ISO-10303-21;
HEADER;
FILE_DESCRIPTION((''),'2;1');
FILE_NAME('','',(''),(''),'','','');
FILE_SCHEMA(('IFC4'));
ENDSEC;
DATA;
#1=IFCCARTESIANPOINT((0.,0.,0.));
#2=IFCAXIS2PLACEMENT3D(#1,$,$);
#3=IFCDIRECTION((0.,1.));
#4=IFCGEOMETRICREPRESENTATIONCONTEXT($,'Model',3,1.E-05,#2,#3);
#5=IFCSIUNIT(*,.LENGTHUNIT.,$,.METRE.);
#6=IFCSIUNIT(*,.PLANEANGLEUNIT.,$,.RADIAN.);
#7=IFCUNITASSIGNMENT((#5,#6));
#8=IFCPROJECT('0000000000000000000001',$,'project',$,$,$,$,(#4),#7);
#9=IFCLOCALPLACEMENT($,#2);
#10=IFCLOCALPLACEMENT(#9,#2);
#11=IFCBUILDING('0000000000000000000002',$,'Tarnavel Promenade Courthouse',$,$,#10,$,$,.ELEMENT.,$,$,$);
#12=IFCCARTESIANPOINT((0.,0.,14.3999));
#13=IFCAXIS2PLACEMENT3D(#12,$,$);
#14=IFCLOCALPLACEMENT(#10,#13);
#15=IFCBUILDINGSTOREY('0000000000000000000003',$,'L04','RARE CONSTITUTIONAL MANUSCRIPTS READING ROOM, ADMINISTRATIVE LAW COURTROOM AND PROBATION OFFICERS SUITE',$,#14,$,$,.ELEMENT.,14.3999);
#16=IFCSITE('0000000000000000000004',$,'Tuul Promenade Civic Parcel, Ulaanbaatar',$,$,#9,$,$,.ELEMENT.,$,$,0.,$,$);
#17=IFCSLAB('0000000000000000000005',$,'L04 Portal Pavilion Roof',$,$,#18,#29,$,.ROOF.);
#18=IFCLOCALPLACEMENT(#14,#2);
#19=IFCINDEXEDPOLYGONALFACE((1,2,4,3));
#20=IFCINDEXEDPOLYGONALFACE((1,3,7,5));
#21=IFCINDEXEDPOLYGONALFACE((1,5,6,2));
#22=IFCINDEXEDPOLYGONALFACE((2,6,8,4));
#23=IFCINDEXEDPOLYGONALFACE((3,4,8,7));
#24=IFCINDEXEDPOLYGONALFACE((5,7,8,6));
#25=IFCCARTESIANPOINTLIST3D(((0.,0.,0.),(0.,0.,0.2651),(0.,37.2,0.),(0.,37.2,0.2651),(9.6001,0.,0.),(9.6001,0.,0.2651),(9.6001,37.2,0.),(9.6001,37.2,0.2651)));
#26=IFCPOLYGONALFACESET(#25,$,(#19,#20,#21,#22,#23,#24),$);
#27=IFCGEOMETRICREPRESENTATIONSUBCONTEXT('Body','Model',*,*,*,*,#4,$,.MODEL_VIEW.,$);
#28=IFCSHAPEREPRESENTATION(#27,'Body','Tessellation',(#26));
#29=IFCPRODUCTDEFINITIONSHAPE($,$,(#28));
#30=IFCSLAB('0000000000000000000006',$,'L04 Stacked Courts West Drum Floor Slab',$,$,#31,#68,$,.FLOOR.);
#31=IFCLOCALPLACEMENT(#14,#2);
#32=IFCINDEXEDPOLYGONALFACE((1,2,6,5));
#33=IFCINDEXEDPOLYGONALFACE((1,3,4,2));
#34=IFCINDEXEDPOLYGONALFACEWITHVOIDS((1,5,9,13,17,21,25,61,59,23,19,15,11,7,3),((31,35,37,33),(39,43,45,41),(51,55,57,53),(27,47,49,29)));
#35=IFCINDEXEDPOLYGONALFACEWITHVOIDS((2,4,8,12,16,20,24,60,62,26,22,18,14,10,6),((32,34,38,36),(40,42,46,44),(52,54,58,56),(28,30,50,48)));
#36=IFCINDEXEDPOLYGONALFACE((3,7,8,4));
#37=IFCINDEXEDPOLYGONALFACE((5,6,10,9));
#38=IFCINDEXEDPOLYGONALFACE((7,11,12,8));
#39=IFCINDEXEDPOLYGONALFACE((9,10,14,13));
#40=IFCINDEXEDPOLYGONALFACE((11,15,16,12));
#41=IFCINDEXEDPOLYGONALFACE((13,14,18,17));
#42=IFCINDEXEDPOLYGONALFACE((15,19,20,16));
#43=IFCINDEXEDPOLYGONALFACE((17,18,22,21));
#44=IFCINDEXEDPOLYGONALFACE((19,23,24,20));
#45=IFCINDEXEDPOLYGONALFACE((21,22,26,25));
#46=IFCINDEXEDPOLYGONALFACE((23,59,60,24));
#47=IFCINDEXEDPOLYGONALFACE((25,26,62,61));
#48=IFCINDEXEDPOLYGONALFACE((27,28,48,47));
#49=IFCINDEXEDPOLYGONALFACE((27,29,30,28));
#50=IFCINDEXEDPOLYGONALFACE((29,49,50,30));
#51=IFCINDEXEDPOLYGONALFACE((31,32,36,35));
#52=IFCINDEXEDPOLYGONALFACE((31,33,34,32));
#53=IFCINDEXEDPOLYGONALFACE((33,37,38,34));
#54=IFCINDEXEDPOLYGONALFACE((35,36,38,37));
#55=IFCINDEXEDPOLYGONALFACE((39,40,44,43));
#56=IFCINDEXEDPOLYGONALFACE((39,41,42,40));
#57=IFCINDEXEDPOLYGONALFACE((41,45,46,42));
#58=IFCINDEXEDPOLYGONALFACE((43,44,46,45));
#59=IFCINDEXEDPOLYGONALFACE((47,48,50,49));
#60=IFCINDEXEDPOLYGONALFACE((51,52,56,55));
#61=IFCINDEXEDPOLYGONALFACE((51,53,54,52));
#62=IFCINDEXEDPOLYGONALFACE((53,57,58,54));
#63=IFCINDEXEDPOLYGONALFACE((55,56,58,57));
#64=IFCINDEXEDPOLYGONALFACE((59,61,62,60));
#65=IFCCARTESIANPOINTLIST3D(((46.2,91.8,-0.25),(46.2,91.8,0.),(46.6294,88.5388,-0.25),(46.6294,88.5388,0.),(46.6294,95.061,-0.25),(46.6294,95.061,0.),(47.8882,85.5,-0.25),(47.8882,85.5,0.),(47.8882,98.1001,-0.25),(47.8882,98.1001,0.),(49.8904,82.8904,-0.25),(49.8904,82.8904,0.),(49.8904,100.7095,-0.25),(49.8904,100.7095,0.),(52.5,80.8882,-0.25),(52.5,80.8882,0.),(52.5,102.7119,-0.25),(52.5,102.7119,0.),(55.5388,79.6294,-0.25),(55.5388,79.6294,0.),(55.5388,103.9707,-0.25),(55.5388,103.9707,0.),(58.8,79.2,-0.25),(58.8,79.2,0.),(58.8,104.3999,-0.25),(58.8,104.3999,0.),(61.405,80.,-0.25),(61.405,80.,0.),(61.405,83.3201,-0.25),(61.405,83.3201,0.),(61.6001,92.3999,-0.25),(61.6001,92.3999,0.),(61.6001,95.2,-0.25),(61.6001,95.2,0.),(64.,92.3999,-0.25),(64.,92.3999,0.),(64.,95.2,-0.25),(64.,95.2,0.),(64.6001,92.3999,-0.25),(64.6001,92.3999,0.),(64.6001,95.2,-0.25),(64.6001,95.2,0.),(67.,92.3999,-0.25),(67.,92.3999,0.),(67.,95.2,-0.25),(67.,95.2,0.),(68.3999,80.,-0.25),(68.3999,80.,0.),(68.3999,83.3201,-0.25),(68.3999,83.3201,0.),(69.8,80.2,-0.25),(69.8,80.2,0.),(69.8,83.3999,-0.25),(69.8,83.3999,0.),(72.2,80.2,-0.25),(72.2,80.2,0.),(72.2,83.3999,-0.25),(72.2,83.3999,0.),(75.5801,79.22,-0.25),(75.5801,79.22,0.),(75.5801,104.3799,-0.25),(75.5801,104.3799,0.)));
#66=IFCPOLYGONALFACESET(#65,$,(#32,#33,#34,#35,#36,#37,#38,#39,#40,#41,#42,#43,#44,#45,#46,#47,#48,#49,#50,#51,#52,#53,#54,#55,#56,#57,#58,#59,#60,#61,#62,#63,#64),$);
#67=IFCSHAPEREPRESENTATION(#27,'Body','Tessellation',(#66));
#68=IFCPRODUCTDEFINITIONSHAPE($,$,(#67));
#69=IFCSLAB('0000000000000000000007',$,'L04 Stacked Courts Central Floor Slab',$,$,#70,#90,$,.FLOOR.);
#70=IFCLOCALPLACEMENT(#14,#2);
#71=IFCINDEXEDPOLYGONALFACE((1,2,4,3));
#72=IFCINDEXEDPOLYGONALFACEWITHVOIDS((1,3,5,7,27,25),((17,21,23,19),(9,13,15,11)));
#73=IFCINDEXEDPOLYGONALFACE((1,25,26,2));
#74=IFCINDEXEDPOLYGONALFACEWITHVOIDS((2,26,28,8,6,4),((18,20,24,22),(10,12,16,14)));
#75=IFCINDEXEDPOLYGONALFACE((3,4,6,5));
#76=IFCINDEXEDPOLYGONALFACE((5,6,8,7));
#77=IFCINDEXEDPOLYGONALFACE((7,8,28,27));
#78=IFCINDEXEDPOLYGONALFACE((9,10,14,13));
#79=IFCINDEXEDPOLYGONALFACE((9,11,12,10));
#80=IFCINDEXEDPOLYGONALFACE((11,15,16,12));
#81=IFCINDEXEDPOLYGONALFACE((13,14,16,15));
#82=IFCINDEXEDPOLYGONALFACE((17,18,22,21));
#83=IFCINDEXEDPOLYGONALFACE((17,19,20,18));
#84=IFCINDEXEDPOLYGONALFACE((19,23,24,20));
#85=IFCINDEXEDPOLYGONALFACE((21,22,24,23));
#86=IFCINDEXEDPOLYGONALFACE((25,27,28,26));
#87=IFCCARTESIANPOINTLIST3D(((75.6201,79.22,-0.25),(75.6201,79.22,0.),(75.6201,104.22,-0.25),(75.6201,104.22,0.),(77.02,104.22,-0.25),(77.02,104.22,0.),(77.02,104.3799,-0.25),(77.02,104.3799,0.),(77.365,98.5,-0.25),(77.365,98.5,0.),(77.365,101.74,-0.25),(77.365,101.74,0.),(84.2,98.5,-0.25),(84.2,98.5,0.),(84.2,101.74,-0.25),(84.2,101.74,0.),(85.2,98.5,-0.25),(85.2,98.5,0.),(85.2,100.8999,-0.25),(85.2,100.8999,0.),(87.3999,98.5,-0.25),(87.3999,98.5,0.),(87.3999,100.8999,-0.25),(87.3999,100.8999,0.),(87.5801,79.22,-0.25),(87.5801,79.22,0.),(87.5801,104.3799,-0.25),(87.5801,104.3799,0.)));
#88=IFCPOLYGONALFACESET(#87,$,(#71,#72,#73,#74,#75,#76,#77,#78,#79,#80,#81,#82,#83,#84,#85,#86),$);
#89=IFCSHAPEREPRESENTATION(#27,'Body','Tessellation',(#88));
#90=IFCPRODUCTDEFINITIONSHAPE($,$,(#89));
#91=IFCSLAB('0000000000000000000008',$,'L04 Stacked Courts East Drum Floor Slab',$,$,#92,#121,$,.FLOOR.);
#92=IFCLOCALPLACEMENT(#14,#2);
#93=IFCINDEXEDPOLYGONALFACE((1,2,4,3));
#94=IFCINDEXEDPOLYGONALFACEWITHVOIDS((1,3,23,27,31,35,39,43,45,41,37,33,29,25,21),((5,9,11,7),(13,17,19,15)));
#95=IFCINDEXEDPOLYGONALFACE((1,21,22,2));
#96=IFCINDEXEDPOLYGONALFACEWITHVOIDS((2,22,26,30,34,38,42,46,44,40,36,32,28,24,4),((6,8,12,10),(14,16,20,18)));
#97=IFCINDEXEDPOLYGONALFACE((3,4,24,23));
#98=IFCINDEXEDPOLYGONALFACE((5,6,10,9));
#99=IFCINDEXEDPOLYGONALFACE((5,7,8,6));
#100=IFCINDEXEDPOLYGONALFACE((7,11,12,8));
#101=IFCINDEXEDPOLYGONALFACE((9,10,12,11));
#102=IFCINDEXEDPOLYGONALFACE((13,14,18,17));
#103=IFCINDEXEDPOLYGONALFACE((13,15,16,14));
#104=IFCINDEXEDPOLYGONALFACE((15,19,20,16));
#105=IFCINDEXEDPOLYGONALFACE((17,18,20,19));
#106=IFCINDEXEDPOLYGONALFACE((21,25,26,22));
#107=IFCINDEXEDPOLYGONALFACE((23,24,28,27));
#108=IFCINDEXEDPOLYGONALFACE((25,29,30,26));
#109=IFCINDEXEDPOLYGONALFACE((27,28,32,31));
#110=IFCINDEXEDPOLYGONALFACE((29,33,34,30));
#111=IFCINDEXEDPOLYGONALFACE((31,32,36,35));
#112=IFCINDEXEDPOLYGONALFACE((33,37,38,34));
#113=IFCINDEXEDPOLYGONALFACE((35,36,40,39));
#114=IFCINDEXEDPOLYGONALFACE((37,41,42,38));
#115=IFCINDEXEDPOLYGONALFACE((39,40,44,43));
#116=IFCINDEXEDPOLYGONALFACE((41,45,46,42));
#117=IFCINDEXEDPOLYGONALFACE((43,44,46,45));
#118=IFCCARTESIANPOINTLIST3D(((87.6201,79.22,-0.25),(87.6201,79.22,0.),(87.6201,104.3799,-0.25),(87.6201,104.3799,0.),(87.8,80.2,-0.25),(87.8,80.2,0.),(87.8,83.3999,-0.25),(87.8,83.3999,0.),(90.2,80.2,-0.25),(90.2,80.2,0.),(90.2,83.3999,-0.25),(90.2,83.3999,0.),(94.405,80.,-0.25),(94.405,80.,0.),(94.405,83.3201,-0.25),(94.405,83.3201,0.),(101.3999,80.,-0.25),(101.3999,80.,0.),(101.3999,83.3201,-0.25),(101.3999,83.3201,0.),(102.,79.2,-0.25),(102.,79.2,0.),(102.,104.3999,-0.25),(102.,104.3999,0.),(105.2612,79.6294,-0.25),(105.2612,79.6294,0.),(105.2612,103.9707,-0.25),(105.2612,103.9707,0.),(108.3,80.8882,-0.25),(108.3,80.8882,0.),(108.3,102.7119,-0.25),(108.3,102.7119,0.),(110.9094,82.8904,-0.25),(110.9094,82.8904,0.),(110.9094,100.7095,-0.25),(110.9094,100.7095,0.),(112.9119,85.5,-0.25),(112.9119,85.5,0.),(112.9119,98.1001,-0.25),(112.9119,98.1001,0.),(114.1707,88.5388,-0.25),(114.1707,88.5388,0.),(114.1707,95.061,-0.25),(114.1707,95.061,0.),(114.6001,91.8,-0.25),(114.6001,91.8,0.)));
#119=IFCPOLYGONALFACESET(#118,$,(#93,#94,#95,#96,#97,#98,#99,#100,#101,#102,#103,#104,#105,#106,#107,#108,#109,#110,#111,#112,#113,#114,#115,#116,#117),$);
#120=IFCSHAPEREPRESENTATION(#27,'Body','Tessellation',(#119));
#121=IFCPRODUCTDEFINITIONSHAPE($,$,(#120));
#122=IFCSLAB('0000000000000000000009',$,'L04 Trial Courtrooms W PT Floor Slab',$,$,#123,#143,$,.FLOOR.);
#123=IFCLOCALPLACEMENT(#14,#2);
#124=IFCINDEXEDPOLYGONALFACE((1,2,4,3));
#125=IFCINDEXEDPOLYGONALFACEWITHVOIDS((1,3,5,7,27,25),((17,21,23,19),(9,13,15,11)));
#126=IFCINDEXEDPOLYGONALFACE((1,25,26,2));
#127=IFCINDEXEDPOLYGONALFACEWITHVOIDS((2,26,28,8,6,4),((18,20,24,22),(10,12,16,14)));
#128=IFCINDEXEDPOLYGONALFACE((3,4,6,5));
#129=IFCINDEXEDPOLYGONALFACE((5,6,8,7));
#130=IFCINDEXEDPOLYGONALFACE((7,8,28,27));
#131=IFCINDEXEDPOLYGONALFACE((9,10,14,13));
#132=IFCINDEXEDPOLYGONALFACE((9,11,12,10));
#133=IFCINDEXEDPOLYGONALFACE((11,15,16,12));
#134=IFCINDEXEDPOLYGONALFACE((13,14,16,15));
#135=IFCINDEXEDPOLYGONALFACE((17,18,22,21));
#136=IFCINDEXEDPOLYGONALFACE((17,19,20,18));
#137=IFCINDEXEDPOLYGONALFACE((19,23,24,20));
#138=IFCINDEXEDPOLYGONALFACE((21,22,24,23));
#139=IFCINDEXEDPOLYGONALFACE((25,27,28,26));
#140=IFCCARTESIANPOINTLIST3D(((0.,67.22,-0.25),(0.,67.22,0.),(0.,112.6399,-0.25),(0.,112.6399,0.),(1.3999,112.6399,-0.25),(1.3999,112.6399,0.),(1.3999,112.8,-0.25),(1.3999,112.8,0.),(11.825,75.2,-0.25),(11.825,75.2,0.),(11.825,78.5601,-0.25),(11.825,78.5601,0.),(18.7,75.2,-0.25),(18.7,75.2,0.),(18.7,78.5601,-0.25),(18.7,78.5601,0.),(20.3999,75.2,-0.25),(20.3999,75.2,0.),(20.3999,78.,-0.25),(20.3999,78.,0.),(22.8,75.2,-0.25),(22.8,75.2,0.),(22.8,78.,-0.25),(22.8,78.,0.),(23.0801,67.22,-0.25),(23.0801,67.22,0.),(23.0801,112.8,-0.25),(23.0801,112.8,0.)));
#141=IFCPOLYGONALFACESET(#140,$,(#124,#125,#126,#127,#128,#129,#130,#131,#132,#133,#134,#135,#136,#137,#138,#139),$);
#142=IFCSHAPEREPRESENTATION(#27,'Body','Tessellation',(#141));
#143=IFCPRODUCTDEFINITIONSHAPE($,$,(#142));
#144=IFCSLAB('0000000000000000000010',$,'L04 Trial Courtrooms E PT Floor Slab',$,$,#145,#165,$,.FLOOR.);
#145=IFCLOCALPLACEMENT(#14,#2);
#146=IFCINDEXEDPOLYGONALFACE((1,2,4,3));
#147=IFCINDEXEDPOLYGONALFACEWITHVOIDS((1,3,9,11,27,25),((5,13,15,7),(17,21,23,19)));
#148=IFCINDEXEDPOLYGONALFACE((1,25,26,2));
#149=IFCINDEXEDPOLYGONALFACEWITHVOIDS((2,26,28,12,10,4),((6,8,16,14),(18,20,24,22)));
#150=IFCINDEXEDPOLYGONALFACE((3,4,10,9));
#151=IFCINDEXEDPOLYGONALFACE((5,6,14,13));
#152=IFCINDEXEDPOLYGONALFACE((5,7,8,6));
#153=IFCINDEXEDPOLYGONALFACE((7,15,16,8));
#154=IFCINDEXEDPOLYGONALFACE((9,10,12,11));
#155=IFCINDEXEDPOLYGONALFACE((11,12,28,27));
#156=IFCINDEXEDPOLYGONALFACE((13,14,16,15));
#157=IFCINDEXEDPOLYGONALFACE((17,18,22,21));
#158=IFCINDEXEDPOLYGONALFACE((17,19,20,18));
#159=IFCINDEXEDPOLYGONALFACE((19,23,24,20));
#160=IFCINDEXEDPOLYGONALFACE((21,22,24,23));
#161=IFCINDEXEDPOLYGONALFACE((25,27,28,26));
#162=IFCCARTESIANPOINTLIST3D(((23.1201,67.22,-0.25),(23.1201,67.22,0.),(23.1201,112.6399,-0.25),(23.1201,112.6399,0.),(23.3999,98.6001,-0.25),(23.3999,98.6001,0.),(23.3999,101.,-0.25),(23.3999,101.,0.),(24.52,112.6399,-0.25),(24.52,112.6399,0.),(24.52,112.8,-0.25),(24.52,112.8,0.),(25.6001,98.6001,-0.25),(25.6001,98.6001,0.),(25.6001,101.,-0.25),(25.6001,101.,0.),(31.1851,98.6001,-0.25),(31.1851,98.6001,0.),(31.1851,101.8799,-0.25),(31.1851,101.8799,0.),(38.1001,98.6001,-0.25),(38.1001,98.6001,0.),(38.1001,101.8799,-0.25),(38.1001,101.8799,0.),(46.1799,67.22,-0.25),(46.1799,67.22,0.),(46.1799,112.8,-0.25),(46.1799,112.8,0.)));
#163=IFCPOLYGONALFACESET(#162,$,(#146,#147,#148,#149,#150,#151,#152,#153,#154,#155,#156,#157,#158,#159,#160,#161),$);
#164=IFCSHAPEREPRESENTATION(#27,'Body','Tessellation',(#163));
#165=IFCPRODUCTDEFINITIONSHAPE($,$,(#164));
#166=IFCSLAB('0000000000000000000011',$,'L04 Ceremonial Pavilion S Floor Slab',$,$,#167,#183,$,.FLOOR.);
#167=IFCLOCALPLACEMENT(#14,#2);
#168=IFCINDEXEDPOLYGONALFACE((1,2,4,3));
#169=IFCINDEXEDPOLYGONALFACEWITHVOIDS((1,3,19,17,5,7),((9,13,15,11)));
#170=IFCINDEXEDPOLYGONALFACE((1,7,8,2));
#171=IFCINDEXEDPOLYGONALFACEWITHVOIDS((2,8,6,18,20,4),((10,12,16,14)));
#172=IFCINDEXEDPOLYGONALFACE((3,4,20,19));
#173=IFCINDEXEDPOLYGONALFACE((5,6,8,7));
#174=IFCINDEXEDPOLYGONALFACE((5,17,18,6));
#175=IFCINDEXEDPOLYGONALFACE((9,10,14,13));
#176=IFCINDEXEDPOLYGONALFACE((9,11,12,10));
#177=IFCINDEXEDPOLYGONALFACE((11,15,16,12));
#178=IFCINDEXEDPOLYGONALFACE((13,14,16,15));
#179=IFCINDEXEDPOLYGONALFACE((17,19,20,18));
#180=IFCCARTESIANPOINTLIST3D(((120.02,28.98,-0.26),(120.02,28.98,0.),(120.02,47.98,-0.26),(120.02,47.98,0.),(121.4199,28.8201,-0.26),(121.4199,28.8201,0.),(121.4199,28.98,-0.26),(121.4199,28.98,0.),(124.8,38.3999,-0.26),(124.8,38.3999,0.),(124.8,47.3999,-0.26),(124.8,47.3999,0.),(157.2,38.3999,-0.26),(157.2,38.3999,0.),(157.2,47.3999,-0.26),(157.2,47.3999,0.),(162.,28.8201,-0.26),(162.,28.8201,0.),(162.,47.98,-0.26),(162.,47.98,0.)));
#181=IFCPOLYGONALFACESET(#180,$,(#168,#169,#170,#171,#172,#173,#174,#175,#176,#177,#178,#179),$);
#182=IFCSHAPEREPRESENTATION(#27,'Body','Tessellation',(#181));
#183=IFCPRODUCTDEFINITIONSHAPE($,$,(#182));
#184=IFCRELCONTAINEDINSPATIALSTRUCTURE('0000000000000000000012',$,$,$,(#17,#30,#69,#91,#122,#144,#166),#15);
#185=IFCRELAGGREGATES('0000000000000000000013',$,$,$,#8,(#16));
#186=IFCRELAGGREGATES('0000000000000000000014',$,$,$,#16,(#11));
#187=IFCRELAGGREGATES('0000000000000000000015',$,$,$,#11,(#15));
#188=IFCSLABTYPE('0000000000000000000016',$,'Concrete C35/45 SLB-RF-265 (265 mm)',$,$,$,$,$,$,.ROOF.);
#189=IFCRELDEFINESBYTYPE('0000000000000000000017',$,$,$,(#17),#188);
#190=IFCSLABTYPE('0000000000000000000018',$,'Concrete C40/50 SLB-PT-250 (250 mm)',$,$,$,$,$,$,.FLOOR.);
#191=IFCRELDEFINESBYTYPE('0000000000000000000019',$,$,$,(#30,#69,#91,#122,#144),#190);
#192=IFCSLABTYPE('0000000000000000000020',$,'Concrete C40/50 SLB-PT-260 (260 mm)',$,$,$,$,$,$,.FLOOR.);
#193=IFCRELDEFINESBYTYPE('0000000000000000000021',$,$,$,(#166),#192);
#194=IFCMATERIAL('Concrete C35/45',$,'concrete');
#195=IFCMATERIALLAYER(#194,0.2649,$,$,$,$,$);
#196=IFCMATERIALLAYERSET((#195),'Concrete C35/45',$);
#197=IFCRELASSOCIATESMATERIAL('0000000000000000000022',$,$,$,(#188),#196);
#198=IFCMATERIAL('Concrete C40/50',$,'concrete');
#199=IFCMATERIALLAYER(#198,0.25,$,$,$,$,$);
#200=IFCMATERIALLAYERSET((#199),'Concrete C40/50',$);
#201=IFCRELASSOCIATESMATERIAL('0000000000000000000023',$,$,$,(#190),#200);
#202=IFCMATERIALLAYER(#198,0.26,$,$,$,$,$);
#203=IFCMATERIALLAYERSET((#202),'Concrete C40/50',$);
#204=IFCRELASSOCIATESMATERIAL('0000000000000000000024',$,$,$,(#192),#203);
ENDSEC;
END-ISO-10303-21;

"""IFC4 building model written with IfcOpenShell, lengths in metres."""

from ifc_helpers import new_model, si_unit, direction, frame, origin, place, context, subcontext, project, spatial, polyline, outline, extrude, material, layer, layer_set, type_object, element, save


model = new_model("IFC4")

# Units and contexts
model_context = context("Model", 3, precision=1e-05, world=origin(), true_north=direction((0.0, 1.0)))
body_context = subcontext(model_context, "Body", "Model", "MODEL_VIEW")
ifc_project = project(units=[si_unit("LENGTHUNIT", "METRE"), si_unit("PLANEANGLEUNIT", "RADIAN")], contexts=[model_context])

# Site, building, storey
site_placement = place(None, origin())
site = spatial("IfcSite", under=ifc_project, at=site_placement, Name="Tuul Promenade Civic Parcel, Ulaanbaatar", CompositionType="ELEMENT", RefElevation=0.0)
building_placement = place(site_placement, origin())
building = spatial("IfcBuilding", under=site, at=building_placement, Name="Tarnavel Promenade Courthouse", CompositionType="ELEMENT")
storey_placement = place(building_placement, frame((0.0, 0.0, 14.3999)))
storey = spatial("IfcBuildingStorey", under=building, at=storey_placement, Name="L04", Description="RARE CONSTITUTIONAL MANUSCRIPTS READING ROOM, ADMINISTRATIVE LAW COURTROOM AND PROBATION OFFICERS SUITE", CompositionType="ELEMENT", Elevation=14.3999)

# Shared definitions
ifc_material_1 = material(Name="Concrete C35/45", Category="concrete")

# Shared definitions
ifc_layer_1 = layer(ifc_material_1, 0.2649)
ifc_layer_set_1 = layer_set([ifc_layer_1], Name="Concrete C35/45")
slab_type_1 = type_object("IfcSlabType", Name="Concrete C35/45 SLB-RF-265 (265 mm)", PredefinedType="ROOF", material=ifc_layer_set_1)

# Slabs
slab_1_placement = place(storey_placement, origin())
element("IfcSlab", 1, at=slab_1_placement, inside=storey, type_object=slab_type_1, Name="L04 Portal Pavilion Roof", PredefinedType="ROOF", context=body_context, shape_type="SweptSolid", body=[
    extrude(outline(polyline([(0.0, 0.0), (9.6001, 0.0), (9.6001, 37.2), (0.0, 37.2), (0.0, 0.0)])), origin(), (0.0, 0.0, 1.0), 0.2651),
])
ifc_material_2 = material(Name="Concrete C40/50", Category="concrete")
ifc_layer_2 = layer(ifc_material_2, 0.25)
ifc_layer_set_2 = layer_set([ifc_layer_2], Name="Concrete C40/50")
slab_type_2 = type_object("IfcSlabType", Name="Concrete C40/50 SLB-PT-250 (250 mm)", PredefinedType="FLOOR", material=ifc_layer_set_2)
slab_2_placement = place(storey_placement, frame((0.0, 0.0, -0.25)))
element("IfcSlab", 2, at=slab_2_placement, inside=storey, type_object=slab_type_2, Name="L04 Stacked Courts West Drum Floor Slab", PredefinedType="FLOOR", context=body_context, shape_type="SweptSolid", body=[
    extrude(outline(polyline([(75.5801, 79.22), (75.5801, 104.3799), (58.8, 104.3999), (55.5388, 103.9707), (52.5, 102.7119), (49.8904, 100.7095), (47.8882, 98.1001), (46.6294, 95.061), (46.2, 91.8), (46.6294, 88.5388), (47.8882, 85.5), (49.8904, 82.8904), (52.5, 80.8882), (55.5388, 79.6294), (58.8, 79.2), (75.5801, 79.22)]), holes=[polyline([(61.405, 80.0), (68.3999, 80.0), (68.3999, 83.3201), (61.405, 83.3201), (61.405, 80.0)]), polyline([(69.8, 80.2), (72.2, 80.2), (72.2, 83.3999), (69.8, 83.3999), (69.8, 80.2)]), polyline([(61.6001, 92.3999), (64.0, 92.3999), (64.0, 95.2), (61.6001, 95.2), (61.6001, 92.3999)]), polyline([(64.6001, 92.3999), (67.0, 92.3999), (67.0, 95.2), (64.6001, 95.2), (64.6001, 92.3999)])]), origin(), (0.0, 0.0, 1.0), 0.25),
])
slab_3_placement = place(storey_placement, frame((0.0, 0.0, -0.25)))
element("IfcSlab", 3, at=slab_3_placement, inside=storey, type_object=slab_type_2, Name="L04 Stacked Courts Central Floor Slab", PredefinedType="FLOOR", context=body_context, shape_type="SweptSolid", body=[
    extrude(outline(polyline([(75.6201, 79.22), (87.5801, 79.22), (87.5801, 104.3799), (77.02, 104.3799), (77.02, 104.22), (75.6201, 104.22), (75.6201, 79.22)]), holes=[polyline([(77.365, 98.5), (84.2, 98.5), (84.2, 101.74), (77.365, 101.74), (77.365, 98.5)]), polyline([(85.2, 98.5), (87.3999, 98.5), (87.3999, 100.8999), (85.2, 100.8999), (85.2, 98.5)])]), origin(), (0.0, 0.0, 1.0), 0.25),
])
slab_4_placement = place(storey_placement, frame((0.0, 0.0, -0.25)))
element("IfcSlab", 4, at=slab_4_placement, inside=storey, type_object=slab_type_2, Name="L04 Stacked Courts East Drum Floor Slab", PredefinedType="FLOOR", context=body_context, shape_type="SweptSolid", body=[
    extrude(outline(polyline([(87.6201, 104.3799), (87.6201, 79.22), (102.0, 79.2), (105.2612, 79.6294), (108.3, 80.8882), (110.9094, 82.8904), (112.9119, 85.5), (114.1707, 88.5388), (114.6001, 91.8), (114.1707, 95.061), (112.9119, 98.1001), (110.9094, 100.7095), (108.3, 102.7119), (105.2612, 103.9707), (102.0, 104.3999), (87.6201, 104.3799)]), holes=[polyline([(94.405, 80.0), (101.3999, 80.0), (101.3999, 83.3201), (94.405, 83.3201), (94.405, 80.0)]), polyline([(87.8, 80.2), (90.2, 80.2), (90.2, 83.3999), (87.8, 83.3999), (87.8, 80.2)])]), origin(), (0.0, 0.0, 1.0), 0.25),
])
slab_5_placement = place(storey_placement, frame((0.0, 0.0, -0.25)))
element("IfcSlab", 5, at=slab_5_placement, inside=storey, type_object=slab_type_2, Name="L04 Trial Courtrooms W PT Floor Slab", PredefinedType="FLOOR", context=body_context, shape_type="SweptSolid", body=[
    extrude(outline(polyline([(0.0, 67.22), (23.0801, 67.22), (23.0801, 112.8), (1.3999, 112.8), (1.3999, 112.6399), (0.0, 112.6399), (0.0, 67.22)]), holes=[polyline([(11.825, 75.2), (18.7, 75.2), (18.7, 78.5601), (11.825, 78.5601), (11.825, 75.2)]), polyline([(20.3999, 75.2), (22.8, 75.2), (22.8, 78.0), (20.3999, 78.0), (20.3999, 75.2)])]), origin(), (0.0, 0.0, 1.0), 0.25),
])
slab_6_placement = place(storey_placement, frame((0.0, 0.0, -0.25)))
element("IfcSlab", 6, at=slab_6_placement, inside=storey, type_object=slab_type_2, Name="L04 Trial Courtrooms E PT Floor Slab", PredefinedType="FLOOR", context=body_context, shape_type="SweptSolid", body=[
    extrude(outline(polyline([(23.1201, 67.22), (46.1799, 67.22), (46.1799, 112.8), (24.52, 112.8), (24.52, 112.6399), (23.1201, 112.6399), (23.1201, 67.22)]), holes=[polyline([(31.1851, 98.6001), (38.1001, 98.6001), (38.1001, 101.8799), (31.1851, 101.8799), (31.1851, 98.6001)]), polyline([(23.3999, 98.6001), (25.6001, 98.6001), (25.6001, 101.0), (23.3999, 101.0), (23.3999, 98.6001)])]), origin(), (0.0, 0.0, 1.0), 0.25),
])
ifc_layer_3 = layer(ifc_material_2, 0.26)
ifc_layer_set_3 = layer_set([ifc_layer_3], Name="Concrete C40/50")
slab_type_3 = type_object("IfcSlabType", Name="Concrete C40/50 SLB-PT-260 (260 mm)", PredefinedType="FLOOR", material=ifc_layer_set_3)
slab_7_placement = place(storey_placement, frame((0.0, 0.0, -0.26)))
element("IfcSlab", 7, at=slab_7_placement, inside=storey, type_object=slab_type_3, Name="L04 Ceremonial Pavilion S Floor Slab", PredefinedType="FLOOR", context=body_context, shape_type="SweptSolid", body=[
    extrude(outline(polyline([(120.02, 28.98), (121.4199, 28.98), (121.4199, 28.8201), (162.0, 28.8201), (162.0, 47.98), (120.02, 47.98), (120.02, 28.98)]), holes=[polyline([(124.8, 38.3999), (157.2, 38.3999), (157.2, 47.3999), (124.8, 47.3999), (124.8, 38.3999)])]), origin(), (0.0, 0.0, 1.0), 0.26),
])

save(model, "model.ifc")
